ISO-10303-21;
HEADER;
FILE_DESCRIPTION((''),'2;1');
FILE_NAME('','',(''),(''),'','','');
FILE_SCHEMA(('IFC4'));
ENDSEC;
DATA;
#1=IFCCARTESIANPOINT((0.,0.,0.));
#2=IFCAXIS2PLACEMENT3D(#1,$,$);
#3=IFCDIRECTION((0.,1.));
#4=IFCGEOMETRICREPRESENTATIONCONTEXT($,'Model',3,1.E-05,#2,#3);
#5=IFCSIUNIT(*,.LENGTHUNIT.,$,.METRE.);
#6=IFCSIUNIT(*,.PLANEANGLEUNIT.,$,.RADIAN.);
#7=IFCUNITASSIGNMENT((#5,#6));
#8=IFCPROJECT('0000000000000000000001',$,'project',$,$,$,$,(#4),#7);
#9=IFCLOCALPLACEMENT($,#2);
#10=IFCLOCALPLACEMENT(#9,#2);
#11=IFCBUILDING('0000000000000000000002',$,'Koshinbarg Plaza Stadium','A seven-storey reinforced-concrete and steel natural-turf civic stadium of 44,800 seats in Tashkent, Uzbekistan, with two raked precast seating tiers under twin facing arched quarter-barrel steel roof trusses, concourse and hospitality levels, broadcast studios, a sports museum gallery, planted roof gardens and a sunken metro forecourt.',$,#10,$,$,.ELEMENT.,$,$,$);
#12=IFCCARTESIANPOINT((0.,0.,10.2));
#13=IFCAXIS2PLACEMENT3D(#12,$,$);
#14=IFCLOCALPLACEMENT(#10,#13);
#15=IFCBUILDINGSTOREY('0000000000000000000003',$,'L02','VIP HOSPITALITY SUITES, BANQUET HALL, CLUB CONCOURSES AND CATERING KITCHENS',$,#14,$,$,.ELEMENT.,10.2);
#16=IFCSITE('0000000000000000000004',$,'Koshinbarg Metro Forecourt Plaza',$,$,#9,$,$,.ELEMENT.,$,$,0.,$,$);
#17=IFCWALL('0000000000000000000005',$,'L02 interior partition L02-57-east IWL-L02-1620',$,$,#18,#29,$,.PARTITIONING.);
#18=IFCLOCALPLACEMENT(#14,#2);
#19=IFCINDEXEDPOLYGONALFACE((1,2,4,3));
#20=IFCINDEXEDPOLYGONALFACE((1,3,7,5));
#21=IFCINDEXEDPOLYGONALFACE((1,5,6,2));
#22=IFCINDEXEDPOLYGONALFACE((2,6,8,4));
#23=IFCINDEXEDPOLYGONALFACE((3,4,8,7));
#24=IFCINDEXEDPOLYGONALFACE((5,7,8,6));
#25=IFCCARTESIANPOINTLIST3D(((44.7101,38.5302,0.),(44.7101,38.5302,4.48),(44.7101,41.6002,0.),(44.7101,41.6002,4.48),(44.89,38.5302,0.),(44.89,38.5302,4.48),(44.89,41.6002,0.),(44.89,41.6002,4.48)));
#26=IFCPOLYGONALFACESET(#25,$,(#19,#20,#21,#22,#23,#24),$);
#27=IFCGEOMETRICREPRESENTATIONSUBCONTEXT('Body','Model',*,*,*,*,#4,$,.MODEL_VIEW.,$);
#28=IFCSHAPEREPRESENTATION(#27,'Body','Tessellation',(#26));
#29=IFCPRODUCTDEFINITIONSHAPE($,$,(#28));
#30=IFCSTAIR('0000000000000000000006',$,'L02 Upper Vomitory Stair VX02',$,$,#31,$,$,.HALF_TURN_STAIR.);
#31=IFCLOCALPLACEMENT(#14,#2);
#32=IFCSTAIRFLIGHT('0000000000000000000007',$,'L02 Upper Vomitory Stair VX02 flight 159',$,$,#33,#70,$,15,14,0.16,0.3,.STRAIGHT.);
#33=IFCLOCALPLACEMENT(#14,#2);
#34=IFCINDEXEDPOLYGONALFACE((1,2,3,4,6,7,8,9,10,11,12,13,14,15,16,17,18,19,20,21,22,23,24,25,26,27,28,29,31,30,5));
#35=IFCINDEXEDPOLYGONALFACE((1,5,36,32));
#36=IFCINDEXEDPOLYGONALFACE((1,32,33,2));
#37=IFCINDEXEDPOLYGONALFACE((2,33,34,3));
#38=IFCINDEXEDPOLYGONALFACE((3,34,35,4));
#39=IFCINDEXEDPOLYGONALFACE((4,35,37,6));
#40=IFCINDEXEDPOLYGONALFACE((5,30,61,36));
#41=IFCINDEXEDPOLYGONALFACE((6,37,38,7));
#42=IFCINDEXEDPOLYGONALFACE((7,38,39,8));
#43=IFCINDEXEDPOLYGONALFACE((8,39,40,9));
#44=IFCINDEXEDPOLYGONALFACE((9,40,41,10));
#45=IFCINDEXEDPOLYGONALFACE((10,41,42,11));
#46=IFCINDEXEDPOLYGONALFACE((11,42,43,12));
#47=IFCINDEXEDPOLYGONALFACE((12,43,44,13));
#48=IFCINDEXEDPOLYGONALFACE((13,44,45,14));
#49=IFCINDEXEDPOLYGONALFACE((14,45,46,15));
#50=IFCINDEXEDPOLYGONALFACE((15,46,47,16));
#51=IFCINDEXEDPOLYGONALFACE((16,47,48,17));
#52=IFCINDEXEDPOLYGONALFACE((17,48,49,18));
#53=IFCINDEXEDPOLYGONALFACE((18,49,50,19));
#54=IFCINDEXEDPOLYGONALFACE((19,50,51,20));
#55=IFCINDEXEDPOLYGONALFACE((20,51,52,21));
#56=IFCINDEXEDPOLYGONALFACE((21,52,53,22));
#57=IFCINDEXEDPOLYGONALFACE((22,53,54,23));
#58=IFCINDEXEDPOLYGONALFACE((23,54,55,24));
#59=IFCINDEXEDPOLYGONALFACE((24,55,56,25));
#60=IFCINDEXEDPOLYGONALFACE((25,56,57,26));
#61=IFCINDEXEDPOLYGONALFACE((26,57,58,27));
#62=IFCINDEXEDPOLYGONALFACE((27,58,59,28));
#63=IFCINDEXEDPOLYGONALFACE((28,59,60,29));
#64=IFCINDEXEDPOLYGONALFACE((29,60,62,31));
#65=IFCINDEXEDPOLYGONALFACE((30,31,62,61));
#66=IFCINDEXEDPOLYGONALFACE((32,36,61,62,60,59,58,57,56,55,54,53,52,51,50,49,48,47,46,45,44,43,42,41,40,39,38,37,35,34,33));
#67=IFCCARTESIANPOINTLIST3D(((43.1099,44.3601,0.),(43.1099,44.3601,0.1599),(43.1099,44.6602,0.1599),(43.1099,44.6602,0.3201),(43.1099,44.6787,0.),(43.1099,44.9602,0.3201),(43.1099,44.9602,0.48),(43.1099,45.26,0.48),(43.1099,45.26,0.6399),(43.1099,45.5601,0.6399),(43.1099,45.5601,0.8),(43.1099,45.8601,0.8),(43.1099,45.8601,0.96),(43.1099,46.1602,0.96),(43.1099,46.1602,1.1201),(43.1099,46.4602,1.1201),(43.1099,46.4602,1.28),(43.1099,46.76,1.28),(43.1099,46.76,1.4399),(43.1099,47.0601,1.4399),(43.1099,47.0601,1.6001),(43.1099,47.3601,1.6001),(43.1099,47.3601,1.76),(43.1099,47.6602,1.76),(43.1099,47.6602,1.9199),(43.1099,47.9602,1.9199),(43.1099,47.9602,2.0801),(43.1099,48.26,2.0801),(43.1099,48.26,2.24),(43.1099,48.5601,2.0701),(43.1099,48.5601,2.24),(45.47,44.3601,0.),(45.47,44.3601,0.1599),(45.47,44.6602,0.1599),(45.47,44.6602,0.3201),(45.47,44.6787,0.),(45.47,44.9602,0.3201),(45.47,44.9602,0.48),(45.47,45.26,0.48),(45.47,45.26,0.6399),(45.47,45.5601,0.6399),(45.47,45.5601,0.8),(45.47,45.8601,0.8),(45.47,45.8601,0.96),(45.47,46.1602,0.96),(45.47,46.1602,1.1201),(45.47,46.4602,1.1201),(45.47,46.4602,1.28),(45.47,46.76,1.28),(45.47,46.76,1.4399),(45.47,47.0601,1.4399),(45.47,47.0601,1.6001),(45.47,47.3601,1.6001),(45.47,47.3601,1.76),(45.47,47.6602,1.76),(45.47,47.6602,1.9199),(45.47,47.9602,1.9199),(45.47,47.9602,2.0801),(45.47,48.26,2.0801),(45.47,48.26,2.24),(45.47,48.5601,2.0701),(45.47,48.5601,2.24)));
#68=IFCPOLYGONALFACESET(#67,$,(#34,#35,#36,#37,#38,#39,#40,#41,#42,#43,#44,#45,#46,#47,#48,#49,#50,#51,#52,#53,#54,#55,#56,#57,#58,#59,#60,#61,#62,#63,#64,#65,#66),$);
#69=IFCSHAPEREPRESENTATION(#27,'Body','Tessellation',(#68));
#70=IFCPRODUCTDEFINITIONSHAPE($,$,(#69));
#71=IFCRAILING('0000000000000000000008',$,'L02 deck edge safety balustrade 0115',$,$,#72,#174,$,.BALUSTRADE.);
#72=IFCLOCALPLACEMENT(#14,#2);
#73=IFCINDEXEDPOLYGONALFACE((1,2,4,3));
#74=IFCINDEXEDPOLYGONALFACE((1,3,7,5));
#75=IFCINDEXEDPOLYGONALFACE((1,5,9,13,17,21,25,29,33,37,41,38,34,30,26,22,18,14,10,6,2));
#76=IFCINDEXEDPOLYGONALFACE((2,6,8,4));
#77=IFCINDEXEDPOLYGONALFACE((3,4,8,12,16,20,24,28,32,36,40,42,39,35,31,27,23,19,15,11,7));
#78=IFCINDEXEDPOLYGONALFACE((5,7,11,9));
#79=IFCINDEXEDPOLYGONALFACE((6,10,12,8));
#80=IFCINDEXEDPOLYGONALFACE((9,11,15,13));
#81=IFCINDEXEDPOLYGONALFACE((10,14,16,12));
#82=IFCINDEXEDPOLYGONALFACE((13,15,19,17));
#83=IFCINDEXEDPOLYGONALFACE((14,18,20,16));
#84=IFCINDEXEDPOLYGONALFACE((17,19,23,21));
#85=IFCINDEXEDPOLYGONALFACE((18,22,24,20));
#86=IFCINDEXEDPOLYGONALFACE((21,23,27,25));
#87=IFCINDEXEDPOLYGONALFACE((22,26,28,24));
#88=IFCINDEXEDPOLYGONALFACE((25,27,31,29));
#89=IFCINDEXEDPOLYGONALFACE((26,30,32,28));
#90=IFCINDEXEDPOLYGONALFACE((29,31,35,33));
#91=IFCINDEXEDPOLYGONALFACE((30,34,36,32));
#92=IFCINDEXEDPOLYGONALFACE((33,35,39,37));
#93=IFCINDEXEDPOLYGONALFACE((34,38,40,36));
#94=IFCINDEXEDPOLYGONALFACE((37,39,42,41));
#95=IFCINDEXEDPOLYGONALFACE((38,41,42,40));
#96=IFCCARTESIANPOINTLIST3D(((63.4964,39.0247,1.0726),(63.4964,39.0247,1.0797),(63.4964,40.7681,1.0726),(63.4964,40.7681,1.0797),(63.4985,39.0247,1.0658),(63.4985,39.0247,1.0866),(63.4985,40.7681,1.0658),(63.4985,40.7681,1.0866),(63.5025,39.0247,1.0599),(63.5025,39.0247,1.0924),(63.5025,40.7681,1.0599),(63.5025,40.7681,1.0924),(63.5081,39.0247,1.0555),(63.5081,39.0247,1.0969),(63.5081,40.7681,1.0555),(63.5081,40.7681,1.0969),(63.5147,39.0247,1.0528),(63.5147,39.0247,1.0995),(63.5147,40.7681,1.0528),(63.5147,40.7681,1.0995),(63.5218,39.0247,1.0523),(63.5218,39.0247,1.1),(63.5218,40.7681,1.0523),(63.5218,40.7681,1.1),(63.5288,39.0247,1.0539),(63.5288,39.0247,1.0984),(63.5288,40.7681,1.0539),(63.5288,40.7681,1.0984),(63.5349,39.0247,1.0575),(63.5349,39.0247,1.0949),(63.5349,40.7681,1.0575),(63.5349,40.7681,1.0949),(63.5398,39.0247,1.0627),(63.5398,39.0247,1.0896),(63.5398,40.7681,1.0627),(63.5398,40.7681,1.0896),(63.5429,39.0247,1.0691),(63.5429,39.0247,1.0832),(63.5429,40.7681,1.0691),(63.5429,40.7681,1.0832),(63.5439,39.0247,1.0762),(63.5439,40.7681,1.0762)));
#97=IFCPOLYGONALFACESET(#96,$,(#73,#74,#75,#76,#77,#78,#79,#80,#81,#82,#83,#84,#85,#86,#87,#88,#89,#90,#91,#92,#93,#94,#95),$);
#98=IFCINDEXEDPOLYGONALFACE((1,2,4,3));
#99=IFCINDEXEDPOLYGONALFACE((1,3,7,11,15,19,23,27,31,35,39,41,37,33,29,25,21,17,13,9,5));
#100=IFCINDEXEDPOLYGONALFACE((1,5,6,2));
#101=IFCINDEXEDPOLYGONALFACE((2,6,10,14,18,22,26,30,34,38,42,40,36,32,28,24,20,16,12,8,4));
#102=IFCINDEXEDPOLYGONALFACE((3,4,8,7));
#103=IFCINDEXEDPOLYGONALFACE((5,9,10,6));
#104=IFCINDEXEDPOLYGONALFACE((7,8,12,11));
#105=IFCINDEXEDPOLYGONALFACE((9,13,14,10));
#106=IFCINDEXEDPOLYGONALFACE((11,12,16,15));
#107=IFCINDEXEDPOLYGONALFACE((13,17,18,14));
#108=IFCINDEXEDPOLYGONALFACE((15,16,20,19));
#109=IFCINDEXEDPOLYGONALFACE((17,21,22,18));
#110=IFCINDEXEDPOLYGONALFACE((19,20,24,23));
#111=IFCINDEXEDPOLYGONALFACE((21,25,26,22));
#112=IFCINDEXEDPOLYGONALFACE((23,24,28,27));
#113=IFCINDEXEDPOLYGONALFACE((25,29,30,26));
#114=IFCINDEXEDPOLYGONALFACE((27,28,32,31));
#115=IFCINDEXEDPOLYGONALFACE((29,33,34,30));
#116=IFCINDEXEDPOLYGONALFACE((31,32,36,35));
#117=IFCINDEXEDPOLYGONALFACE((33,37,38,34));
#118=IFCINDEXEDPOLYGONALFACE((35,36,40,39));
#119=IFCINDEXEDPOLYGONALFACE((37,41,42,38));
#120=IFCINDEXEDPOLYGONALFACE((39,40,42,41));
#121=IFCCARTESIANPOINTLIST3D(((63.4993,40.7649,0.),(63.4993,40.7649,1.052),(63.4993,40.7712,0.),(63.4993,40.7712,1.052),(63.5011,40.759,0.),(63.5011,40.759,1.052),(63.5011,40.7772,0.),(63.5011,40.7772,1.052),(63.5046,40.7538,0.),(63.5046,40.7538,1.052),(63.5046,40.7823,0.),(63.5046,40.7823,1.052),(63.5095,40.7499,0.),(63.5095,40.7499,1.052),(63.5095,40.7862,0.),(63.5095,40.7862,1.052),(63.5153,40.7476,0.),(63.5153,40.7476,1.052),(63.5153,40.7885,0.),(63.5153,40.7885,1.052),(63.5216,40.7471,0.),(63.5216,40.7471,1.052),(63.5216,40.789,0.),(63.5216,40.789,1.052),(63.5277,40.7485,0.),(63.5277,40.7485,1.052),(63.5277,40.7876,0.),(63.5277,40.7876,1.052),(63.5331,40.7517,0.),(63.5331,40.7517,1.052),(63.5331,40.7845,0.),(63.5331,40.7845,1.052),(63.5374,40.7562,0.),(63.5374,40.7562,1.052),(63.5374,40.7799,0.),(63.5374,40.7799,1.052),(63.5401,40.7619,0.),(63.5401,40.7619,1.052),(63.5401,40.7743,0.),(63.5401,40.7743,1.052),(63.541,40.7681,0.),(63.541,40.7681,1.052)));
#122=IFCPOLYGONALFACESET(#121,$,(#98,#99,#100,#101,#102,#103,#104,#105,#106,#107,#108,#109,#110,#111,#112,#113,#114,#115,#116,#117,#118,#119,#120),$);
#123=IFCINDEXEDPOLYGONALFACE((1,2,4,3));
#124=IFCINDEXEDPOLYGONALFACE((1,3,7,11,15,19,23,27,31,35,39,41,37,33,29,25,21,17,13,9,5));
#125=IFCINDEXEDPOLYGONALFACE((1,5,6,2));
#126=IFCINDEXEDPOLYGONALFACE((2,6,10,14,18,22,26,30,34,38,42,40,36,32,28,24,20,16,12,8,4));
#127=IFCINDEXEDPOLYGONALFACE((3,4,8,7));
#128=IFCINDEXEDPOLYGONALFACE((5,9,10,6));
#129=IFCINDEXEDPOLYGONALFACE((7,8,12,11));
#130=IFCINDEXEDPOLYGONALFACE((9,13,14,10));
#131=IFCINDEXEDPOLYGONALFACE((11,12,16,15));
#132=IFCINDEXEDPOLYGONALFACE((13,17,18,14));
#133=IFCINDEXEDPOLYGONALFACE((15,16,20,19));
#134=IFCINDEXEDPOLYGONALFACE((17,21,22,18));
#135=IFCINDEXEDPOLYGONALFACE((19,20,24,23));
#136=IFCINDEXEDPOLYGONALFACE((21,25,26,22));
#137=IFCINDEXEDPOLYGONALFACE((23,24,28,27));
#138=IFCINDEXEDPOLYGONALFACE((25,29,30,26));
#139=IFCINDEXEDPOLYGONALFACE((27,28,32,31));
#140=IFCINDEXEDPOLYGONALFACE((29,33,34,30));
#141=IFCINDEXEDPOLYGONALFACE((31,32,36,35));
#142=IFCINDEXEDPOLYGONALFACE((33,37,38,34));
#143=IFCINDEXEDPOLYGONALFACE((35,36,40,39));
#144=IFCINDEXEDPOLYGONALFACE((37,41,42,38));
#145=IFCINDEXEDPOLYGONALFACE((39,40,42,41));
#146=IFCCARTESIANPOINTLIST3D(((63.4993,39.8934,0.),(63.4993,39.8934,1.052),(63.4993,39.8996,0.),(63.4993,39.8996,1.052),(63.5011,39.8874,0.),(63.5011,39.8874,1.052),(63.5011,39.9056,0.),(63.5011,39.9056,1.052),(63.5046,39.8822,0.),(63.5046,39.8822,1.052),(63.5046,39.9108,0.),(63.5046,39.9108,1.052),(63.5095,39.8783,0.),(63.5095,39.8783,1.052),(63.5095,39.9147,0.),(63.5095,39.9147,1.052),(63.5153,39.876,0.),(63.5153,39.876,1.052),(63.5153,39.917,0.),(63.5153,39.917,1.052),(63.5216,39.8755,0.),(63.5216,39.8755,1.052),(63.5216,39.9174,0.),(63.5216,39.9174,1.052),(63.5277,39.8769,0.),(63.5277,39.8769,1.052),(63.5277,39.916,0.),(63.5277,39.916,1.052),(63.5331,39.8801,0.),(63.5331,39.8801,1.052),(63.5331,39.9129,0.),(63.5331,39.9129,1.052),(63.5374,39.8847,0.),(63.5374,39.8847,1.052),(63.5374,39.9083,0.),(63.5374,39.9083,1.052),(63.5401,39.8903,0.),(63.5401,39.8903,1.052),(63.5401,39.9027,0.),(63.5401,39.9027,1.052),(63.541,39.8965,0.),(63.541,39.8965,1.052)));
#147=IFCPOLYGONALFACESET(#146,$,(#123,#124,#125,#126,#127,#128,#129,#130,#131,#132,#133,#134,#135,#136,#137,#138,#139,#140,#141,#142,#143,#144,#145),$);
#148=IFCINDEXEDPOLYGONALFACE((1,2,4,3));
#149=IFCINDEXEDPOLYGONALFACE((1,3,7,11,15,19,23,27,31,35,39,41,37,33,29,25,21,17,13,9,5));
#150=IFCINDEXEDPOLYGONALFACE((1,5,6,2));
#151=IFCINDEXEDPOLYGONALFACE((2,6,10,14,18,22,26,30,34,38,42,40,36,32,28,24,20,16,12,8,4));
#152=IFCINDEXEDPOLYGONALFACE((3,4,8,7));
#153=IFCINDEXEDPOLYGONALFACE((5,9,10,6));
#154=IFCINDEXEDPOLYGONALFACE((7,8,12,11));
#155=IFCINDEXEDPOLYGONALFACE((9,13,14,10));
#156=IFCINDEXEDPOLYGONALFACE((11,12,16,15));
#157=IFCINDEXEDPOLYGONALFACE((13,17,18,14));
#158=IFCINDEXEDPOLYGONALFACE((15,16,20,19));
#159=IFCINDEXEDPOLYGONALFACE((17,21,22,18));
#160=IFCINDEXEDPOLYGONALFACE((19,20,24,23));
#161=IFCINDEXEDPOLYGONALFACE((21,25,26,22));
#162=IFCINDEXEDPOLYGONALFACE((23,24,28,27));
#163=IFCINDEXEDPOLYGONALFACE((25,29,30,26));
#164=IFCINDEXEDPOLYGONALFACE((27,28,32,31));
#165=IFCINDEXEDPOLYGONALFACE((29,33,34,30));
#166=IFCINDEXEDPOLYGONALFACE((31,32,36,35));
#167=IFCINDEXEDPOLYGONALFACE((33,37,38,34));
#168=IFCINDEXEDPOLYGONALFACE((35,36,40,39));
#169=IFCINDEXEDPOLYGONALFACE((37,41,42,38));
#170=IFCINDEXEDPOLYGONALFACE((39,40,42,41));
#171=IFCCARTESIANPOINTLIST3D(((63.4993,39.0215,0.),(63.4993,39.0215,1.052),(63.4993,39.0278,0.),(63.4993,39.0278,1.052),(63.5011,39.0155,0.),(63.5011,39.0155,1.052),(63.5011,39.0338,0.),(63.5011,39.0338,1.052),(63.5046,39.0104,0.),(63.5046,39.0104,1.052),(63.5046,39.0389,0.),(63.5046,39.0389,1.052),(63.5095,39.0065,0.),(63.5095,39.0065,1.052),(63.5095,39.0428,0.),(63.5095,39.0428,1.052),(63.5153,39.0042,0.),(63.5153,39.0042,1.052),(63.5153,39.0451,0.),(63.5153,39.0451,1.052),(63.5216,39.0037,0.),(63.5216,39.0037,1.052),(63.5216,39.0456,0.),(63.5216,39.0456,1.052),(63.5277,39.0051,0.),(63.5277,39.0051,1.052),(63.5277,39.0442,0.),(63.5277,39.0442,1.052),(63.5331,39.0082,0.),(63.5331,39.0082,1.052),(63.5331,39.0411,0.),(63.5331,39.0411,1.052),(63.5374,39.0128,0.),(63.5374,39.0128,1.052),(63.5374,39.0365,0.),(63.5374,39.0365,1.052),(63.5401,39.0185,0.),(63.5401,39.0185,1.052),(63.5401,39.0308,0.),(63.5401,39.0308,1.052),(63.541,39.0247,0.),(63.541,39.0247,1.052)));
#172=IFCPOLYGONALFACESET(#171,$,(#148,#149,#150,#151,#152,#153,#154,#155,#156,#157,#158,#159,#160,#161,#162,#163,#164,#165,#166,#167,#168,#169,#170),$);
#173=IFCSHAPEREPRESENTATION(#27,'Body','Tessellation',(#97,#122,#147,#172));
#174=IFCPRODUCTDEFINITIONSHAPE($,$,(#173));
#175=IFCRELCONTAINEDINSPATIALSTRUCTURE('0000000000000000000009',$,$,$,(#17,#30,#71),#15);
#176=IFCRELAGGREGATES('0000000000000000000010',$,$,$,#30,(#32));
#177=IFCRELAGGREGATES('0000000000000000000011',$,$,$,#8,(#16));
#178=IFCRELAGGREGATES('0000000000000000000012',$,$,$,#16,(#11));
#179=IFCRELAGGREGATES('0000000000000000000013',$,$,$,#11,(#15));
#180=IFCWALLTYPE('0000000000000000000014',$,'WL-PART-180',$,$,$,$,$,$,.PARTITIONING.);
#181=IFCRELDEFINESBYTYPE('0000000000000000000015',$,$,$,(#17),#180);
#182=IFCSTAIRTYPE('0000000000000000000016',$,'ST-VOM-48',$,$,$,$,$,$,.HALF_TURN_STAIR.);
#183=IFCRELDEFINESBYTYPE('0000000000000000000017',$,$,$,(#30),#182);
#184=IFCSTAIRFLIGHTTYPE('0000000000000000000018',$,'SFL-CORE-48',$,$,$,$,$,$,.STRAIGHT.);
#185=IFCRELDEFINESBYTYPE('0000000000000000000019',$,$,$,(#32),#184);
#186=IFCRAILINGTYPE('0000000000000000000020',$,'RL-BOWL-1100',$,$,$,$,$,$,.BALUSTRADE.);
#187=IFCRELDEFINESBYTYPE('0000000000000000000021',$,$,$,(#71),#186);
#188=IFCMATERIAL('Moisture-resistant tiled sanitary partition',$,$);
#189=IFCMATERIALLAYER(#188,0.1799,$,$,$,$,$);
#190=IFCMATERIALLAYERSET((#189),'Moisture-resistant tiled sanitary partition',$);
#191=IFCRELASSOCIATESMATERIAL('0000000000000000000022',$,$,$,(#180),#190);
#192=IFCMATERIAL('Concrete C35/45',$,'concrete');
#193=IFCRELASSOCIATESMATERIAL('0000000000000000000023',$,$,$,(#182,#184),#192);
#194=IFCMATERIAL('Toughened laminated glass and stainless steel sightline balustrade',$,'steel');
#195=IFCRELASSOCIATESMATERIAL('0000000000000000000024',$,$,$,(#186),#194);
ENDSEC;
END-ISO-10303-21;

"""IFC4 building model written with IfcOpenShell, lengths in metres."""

from ifc_helpers import new_model, si_unit, direction, frame, frame_2d, origin, origin_2d, place, context, subcontext, project, spatial, polyline, rectangle, circle, outline, extrude, material, layer, layer_set, type_object, element, aggregate, save


model = new_model("IFC4")

# Units and contexts
model_context = context("Model", 3, precision=1e-05, world=origin(), true_north=direction((0.0, 1.0)))
body_context = subcontext(model_context, "Body", "Model", "MODEL_VIEW")
ifc_project = project(units=[si_unit("LENGTHUNIT", "METRE"), si_unit("PLANEANGLEUNIT", "RADIAN")], contexts=[model_context])

# Site, building, storey
site_placement = place(None, origin())
site = spatial("IfcSite", under=ifc_project, at=site_placement, Name="Koshinbarg Metro Forecourt Plaza", CompositionType="ELEMENT", RefElevation=0.0)
building_placement = place(site_placement, origin())
building = spatial("IfcBuilding", under=site, at=building_placement, Name="Koshinbarg Plaza Stadium", Description="A seven-storey reinforced-concrete and steel natural-turf civic stadium of 44,800 seats in Tashkent, Uzbekistan, with two raked precast seating tiers under twin facing arched quarter-barrel steel roof trusses, concourse and hospitality levels, broadcast studios, a sports museum gallery, planted roof gardens and a sunken metro forecourt.", CompositionType="ELEMENT")
storey_placement = place(building_placement, frame((0.0, 0.0, 10.2)))
storey = spatial("IfcBuildingStorey", under=building, at=storey_placement, Name="L02", Description="VIP HOSPITALITY SUITES, BANQUET HALL, CLUB CONCOURSES AND CATERING KITCHENS", CompositionType="ELEMENT", Elevation=10.2)

# Wall
ifc_material_1 = material(Name="Moisture-resistant tiled sanitary partition")
ifc_layer_1 = layer(ifc_material_1, 0.1799)
ifc_layer_set_1 = layer_set([ifc_layer_1], Name="Moisture-resistant tiled sanitary partition")
wall_type_1 = type_object("IfcWallType", Name="WL-PART-180", PredefinedType="PARTITIONING", material=ifc_layer_set_1)
wall_1_placement = place(storey_placement, frame((44.8, 38.53, 0.0), z_axis=(0.0, 0.0, 1.0), x_axis=(0.0, 1.0, 0.0)))
element("IfcWall", 1, at=wall_1_placement, inside=storey, type_object=wall_type_1, Name="L02 interior partition L02-57-east IWL-L02-1620", PredefinedType="PARTITIONING", context=body_context, shape_type="SweptSolid", body=[
    extrude(rectangle(XDim=3.0701, YDim=0.1799, at=frame_2d((1.5352, 0.0))), origin(), (0.0, 0.0, 1.0), 4.48),
])

# Stair, stair flight
ifc_material_2 = material(Name="Concrete C35/45", Category="concrete")
stair_type = type_object("IfcStairType", Name="ST-VOM-48", PredefinedType="HALF_TURN_STAIR", material=ifc_material_2)
stair_placement = place(storey_placement, origin())
stair = element("IfcStair", 2, at=stair_placement, inside=storey, type_object=stair_type, Name="L02 Upper Vomitory Stair VX02", PredefinedType="HALF_TURN_STAIR")
stair_flight_type = type_object("IfcStairFlightType", Name="SFL-CORE-48", PredefinedType="STRAIGHT", material=ifc_material_2)
stair_flight_placement = place(storey_placement, frame((44.29, 44.3601, 0.0), z_axis=(0.0, 0.0, 1.0), x_axis=(0.0, 1.0, 0.0)))
stair_flight = element("IfcStairFlight", 3, at=stair_flight_placement, type_object=stair_flight_type, Name="L02 Upper Vomitory Stair VX02 flight 159", NumberOfRisers=15, NumberOfTreads=14, PredefinedType="STRAIGHT", RiserHeight=0.16, TreadLength=0.3, context=body_context, shape_type="SweptSolid", body=[
    extrude(outline(polyline([(0.0, 0.0), (0.0, 0.1599), (0.3, 0.1599), (0.3, 0.3201), (0.6001, 0.3201), (0.6001, 0.48), (0.8999, 0.48), (0.8999, 0.6399), (1.2, 0.6399), (1.2, 0.8), (1.5, 0.8), (1.5, 0.96), (1.8, 0.96), (1.8, 1.1201), (2.1001, 1.1201), (2.1001, 1.28), (2.3999, 1.28), (2.3999, 1.4399), (2.7, 1.4399), (2.7, 1.6001), (3.0, 1.6001), (3.0, 1.76), (3.3, 1.76), (3.3, 1.9199), (3.6001, 1.9199), (3.6001, 2.0801), (3.8999, 2.0801), (3.8999, 2.24), (4.2, 2.24), (4.2, 2.3999), (4.2, 2.0701), (0.3186, 0.0), (0.0, 0.0)])), frame((0.0, 1.1802, 0.0), z_axis=(0.0, -1.0, 0.0), x_axis=(1.0, 0.0, 0.0)), (0.0, 0.0, 1.0), 2.3601),
])
aggregate(stair, [stair_flight])

# Railing
ifc_material_3 = material(Name="Toughened laminated glass and stainless steel sightline balustrade", Category="steel")
railing_type_1 = type_object("IfcRailingType", Name="RL-BOWL-1100", PredefinedType="BALUSTRADE", material=ifc_material_3)
railing_1_placement = place(storey_placement, frame((63.52, 40.7681, 0.0)))
element("IfcRailing", 4, at=railing_1_placement, inside=storey, type_object=railing_type_1, Name="L02 deck edge safety balustrade 0115", PredefinedType="BALUSTRADE", context=body_context, shape_type="SweptSolid", body=[
    extrude(circle(Radius=0.0239, at=origin_2d()), frame((0.0, 0.0, 1.0762), z_axis=(0.0, -1.0, 0.0), x_axis=(1.0, 0.0, 0.0)), (0.0, 0.0, 1.0), 1.7434),
    extrude(circle(Radius=0.021, at=origin_2d()), origin(), (0.0, 0.0, 1.0), 1.052),
    extrude(circle(Radius=0.021, at=origin_2d()), frame((0.0, -0.8716, 0.0)), (0.0, 0.0, 1.0), 1.052),
    extrude(circle(Radius=0.021, at=origin_2d()), frame((0.0, -1.7434, 0.0)), (0.0, 0.0, 1.0), 1.052),
])

save(model, "model.ifc")
